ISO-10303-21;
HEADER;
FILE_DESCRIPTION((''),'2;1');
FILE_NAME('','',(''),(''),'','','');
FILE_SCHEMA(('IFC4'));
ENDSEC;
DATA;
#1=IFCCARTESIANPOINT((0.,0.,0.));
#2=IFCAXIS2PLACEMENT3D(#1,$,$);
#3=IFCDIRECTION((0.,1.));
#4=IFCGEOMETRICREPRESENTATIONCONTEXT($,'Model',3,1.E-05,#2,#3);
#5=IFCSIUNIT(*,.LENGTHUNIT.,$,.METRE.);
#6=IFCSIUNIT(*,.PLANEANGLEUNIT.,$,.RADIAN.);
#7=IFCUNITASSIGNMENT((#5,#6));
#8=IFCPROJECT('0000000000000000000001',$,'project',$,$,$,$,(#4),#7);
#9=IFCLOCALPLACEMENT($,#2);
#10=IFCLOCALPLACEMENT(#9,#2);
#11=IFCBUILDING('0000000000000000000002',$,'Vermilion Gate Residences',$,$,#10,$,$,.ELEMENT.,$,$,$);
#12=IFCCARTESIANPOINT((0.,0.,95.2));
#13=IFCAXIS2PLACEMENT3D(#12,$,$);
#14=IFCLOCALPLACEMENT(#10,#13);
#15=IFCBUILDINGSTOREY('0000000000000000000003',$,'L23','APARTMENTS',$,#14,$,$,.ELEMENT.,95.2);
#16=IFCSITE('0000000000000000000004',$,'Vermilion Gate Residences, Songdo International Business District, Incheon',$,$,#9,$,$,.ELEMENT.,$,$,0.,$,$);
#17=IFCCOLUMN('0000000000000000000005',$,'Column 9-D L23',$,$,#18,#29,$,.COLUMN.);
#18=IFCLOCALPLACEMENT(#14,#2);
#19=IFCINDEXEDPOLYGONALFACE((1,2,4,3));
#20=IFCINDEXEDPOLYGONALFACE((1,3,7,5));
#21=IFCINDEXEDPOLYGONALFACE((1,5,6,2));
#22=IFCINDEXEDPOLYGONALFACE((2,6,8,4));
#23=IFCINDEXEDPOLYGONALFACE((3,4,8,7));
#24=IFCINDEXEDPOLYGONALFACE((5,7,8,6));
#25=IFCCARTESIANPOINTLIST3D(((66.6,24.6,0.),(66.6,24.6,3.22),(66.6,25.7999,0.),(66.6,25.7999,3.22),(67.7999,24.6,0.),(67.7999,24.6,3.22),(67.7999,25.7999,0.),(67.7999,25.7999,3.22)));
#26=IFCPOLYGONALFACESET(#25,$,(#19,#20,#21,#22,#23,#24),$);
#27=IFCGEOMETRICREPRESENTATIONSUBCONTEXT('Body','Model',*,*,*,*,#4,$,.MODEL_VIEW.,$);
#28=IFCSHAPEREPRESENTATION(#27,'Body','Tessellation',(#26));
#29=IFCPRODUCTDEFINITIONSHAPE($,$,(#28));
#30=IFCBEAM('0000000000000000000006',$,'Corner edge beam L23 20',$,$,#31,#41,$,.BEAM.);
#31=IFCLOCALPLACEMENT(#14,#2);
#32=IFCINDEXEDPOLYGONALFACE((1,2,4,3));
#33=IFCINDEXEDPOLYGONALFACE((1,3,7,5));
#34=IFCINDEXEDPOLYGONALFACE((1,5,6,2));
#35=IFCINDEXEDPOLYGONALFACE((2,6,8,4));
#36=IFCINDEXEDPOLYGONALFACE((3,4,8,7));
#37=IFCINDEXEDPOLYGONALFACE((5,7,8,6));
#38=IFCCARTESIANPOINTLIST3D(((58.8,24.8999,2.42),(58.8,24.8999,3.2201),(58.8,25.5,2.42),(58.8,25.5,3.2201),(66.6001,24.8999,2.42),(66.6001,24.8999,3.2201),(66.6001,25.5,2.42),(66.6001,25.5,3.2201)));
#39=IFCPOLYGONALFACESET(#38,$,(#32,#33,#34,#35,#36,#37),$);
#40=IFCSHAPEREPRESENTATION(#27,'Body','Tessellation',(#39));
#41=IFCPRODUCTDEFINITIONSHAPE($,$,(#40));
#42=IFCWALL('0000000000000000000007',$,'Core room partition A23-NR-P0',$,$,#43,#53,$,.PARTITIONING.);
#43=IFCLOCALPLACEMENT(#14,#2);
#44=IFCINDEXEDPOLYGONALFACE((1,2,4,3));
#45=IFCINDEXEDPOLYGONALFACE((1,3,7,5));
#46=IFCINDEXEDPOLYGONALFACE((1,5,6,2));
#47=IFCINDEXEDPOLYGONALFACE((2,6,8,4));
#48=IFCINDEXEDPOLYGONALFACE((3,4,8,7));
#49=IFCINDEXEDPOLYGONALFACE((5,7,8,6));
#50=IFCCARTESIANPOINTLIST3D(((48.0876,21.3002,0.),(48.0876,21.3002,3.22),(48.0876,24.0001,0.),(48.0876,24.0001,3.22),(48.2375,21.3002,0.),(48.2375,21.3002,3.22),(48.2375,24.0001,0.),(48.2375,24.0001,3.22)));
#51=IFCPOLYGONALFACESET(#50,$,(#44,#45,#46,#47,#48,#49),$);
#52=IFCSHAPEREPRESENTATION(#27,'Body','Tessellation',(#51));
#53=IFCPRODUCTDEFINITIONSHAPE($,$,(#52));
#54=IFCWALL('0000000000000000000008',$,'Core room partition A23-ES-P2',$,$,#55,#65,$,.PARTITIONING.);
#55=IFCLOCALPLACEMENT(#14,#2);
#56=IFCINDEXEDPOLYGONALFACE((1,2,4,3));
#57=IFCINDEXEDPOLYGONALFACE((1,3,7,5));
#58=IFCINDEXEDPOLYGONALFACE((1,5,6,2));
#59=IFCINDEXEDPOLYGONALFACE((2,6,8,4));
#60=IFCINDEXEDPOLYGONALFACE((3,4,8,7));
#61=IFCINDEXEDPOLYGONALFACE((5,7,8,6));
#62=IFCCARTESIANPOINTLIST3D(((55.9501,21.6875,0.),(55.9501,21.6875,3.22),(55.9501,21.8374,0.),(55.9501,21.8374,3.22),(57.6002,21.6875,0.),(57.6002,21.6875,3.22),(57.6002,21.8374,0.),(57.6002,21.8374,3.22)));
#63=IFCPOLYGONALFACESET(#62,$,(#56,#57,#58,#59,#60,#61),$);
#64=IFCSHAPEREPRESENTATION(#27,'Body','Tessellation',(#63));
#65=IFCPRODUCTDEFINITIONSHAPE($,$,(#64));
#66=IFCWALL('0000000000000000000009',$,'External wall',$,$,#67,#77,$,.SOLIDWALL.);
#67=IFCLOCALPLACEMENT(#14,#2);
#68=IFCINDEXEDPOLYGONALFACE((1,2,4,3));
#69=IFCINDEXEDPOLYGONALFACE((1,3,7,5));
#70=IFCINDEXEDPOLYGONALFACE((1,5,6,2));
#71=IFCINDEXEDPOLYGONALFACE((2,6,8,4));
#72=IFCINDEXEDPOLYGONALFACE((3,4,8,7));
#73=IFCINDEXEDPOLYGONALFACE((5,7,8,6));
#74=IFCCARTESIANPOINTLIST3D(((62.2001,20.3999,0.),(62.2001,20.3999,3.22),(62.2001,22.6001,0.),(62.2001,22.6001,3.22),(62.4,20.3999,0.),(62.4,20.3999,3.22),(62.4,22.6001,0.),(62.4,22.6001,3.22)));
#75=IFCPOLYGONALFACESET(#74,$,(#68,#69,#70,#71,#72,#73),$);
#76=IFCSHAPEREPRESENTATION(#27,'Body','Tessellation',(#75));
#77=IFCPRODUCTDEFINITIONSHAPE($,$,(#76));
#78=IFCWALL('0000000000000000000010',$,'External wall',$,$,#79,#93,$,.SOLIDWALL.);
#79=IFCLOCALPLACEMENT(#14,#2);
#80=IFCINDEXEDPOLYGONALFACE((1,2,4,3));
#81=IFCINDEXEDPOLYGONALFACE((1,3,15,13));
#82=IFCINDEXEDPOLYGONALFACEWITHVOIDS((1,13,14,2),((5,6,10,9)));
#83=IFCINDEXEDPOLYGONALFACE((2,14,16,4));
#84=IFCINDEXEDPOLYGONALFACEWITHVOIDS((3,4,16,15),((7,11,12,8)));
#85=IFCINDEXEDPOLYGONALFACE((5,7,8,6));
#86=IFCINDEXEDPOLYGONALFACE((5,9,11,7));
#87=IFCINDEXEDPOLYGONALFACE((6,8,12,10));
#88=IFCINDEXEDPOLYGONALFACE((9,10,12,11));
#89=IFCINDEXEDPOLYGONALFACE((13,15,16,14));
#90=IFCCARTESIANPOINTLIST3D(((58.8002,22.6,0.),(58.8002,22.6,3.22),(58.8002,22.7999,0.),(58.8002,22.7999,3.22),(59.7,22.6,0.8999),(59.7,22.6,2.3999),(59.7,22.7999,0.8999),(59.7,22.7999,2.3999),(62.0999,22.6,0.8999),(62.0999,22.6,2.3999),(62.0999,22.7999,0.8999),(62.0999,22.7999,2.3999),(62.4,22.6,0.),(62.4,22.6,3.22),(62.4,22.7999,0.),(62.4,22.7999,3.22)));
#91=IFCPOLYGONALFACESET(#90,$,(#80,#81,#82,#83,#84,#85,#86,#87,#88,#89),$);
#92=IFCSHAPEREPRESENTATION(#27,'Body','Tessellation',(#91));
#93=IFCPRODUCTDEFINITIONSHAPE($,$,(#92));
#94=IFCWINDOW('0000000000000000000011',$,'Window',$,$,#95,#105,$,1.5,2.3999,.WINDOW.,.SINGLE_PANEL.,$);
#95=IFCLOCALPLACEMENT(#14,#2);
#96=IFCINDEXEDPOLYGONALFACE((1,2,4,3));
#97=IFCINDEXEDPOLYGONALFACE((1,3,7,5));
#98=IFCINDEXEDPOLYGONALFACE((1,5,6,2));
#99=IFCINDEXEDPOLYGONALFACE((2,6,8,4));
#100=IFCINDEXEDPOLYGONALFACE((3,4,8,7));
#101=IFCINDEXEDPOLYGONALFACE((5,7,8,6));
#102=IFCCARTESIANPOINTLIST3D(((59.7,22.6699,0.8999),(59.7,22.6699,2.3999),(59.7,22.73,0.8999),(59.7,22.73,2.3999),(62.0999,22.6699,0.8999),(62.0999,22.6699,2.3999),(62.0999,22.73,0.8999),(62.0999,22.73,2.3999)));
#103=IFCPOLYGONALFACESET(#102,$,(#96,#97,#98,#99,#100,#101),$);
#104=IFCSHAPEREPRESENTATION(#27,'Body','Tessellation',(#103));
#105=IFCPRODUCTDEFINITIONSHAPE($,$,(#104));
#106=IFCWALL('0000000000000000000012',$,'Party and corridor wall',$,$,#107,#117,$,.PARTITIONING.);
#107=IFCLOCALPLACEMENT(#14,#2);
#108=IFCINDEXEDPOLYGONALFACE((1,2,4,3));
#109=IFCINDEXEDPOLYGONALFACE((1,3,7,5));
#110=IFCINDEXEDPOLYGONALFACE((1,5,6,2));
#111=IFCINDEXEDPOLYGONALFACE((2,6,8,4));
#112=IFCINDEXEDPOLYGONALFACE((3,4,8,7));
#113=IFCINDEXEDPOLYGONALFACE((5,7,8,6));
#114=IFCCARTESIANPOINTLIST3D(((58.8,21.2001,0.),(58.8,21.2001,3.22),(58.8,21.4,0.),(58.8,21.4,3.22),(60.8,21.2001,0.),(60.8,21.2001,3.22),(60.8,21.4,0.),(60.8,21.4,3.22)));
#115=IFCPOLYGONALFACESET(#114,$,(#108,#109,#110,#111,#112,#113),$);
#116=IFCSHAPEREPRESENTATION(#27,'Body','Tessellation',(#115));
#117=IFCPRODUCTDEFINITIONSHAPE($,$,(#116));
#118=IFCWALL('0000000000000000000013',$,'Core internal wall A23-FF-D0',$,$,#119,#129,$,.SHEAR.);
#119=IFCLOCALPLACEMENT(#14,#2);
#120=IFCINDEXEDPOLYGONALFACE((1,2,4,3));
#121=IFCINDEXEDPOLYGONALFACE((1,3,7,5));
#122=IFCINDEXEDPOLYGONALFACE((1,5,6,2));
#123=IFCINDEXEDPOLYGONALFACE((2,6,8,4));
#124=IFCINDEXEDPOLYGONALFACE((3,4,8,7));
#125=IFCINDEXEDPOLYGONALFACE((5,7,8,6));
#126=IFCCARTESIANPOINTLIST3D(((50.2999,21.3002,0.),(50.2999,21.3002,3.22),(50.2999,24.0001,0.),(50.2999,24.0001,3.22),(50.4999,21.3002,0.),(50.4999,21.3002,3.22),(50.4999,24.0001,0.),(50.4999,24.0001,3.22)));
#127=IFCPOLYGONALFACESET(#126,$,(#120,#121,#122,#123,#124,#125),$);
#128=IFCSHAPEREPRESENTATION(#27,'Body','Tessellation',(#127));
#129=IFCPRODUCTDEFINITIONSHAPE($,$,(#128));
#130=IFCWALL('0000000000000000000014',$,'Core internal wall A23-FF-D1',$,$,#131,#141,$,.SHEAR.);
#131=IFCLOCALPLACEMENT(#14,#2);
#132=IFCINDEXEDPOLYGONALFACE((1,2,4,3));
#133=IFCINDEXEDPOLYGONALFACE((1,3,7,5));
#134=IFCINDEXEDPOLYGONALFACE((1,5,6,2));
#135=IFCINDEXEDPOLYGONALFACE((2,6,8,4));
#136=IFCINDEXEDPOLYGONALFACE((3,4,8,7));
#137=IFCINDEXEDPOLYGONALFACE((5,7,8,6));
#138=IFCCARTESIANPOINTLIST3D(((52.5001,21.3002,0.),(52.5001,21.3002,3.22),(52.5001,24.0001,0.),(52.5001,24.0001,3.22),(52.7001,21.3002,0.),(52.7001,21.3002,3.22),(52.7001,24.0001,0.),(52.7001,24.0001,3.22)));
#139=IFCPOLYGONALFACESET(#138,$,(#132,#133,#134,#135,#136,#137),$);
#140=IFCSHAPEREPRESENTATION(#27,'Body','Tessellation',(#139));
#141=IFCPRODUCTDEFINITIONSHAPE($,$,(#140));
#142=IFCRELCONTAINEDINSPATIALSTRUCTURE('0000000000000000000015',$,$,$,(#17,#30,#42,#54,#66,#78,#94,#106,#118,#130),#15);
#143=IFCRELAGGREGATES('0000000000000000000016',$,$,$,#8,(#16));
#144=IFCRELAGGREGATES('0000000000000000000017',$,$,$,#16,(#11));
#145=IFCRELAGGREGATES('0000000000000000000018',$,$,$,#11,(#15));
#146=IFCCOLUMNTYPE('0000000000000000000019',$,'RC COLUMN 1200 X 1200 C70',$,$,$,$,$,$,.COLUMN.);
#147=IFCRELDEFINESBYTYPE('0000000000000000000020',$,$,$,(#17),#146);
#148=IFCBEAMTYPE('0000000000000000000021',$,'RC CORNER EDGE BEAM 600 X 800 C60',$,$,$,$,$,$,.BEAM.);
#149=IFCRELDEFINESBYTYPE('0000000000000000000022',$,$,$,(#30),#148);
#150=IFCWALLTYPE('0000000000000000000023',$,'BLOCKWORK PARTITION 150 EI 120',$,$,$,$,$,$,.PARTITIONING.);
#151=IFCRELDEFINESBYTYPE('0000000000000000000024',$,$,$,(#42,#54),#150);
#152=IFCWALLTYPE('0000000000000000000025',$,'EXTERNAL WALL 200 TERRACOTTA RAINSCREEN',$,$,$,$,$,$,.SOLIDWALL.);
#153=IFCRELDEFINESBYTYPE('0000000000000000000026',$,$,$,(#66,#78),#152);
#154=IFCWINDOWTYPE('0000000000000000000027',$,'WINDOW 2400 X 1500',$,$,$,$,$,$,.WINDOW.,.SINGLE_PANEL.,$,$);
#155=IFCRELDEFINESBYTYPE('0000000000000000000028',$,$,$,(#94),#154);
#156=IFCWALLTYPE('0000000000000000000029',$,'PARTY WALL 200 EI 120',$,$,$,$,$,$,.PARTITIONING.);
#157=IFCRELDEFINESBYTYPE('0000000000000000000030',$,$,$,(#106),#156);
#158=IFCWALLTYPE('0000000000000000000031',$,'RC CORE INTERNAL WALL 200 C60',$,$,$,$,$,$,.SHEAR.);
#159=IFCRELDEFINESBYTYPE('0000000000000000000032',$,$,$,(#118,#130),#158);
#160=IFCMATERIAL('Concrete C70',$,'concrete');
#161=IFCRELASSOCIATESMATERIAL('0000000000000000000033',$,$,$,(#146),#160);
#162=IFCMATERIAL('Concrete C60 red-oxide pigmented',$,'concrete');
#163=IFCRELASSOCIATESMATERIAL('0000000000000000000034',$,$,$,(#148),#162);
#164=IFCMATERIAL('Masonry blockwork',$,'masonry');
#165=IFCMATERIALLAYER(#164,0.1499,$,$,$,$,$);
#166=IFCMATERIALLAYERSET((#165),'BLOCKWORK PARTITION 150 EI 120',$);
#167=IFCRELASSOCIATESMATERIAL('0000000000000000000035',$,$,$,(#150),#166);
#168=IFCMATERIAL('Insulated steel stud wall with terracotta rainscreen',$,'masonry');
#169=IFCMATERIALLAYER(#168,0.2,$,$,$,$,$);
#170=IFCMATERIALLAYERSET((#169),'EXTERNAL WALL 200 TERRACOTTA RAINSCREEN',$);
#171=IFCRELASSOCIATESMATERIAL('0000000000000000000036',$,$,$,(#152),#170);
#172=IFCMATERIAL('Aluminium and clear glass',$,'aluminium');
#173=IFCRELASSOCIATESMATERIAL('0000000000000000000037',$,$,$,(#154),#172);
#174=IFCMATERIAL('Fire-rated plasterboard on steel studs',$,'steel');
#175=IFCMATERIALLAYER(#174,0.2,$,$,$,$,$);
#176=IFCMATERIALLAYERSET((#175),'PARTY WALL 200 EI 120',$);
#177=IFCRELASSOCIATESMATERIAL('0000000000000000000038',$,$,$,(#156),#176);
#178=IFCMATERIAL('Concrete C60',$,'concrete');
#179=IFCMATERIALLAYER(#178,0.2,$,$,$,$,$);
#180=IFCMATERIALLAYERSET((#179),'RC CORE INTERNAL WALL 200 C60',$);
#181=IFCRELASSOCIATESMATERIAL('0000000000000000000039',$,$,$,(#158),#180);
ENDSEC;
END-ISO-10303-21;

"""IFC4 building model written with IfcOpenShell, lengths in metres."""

from ifc_helpers import new_model, si_unit, direction, frame, frame_2d, origin, origin_2d, place, context, subcontext, project, spatial, rectangle, extrude, material, layer, layer_set, material_profile, profile_set, type_object, element, fill, save


model = new_model("IFC4")

# Units and contexts
model_context = context("Model", 3, precision=1e-05, world=origin(), true_north=direction((0.0, 1.0)))
body_context = subcontext(model_context, "Body", "Model", "MODEL_VIEW")
ifc_project = project(units=[si_unit("LENGTHUNIT", "METRE"), si_unit("PLANEANGLEUNIT", "RADIAN")], contexts=[model_context])

# Site, building, storey
site_placement = place(None, origin())
site = spatial("IfcSite", under=ifc_project, at=site_placement, Name="Vermilion Gate Residences, Songdo International Business District, Incheon", CompositionType="ELEMENT", RefElevation=0.0)
building_placement = place(site_placement, origin())
building = spatial("IfcBuilding", under=site, at=building_placement, Name="Vermilion Gate Residences", CompositionType="ELEMENT")
storey_placement = place(building_placement, frame((0.0, 0.0, 95.2)))
storey = spatial("IfcBuildingStorey", under=building, at=storey_placement, Name="L23", Description="APARTMENTS", CompositionType="ELEMENT", Elevation=95.2)

# Column
ifc_material_1 = material(Name="Concrete C70", Category="concrete")
ifc_material_profile_1 = material_profile(ifc_material_1, rectangle(XDim=1.2, YDim=1.2, at=origin_2d()), Name="RC-1200x1200")
ifc_profile_set_1 = profile_set([ifc_material_profile_1], Name="Concrete C70")
column_type = type_object("IfcColumnType", Name="RC COLUMN 1200 X 1200 C70", PredefinedType="COLUMN", material=ifc_profile_set_1)
column_placement = place(storey_placement, frame((67.2, 25.2, 0.0), z_axis=(0.0, 0.0, 1.0), x_axis=(1.0, 0.0, 0.0)))
element("IfcColumn", 1, at=column_placement, inside=storey, type_object=column_type, Name="Column 9-D L23", PredefinedType="COLUMN", context=body_context, shape_type="SweptSolid", body=[
    extrude(rectangle(XDim=1.2, YDim=1.2, at=origin_2d()), origin(), (0.0, 0.0, 1.0), 3.22),
])

# Beam
ifc_material_2 = material(Name="Concrete C60 red-oxide pigmented", Category="concrete")
ifc_material_profile_2 = material_profile(ifc_material_2, rectangle(XDim=0.6001, YDim=0.8, at=origin_2d()), Name="RC-600x800")
ifc_profile_set_2 = profile_set([ifc_material_profile_2], Name="Concrete C60 red-oxide pigmented")
beam_type = type_object("IfcBeamType", Name="RC CORNER EDGE BEAM 600 X 800 C60", PredefinedType="BEAM", material=ifc_profile_set_2)
beam_placement = place(storey_placement, frame((58.8, 25.2, 2.8201), z_axis=(1.0, 0.0, 0.0), x_axis=(0.0, 1.0, 0.0)))
element("IfcBeam", 2, at=beam_placement, inside=storey, type_object=beam_type, Name="Corner edge beam L23 20", PredefinedType="BEAM", context=body_context, shape_type="SweptSolid", body=[
    extrude(rectangle(XDim=0.6001, YDim=0.8, at=origin_2d()), origin(), (0.0, 0.0, 1.0), 7.8),
])

# Walls
ifc_material_3 = material(Name="Masonry blockwork", Category="masonry")
ifc_layer_1 = layer(ifc_material_3, 0.1499)
ifc_layer_set_1 = layer_set([ifc_layer_1], Name="BLOCKWORK PARTITION 150 EI 120")
wall_type_1 = type_object("IfcWallType", Name="BLOCKWORK PARTITION 150 EI 120", PredefinedType="PARTITIONING", material=ifc_layer_set_1)
wall_1_placement = place(storey_placement, frame((48.1626, 21.3, 0.0), z_axis=(0.0, 0.0, 1.0), x_axis=(0.0, 1.0, 0.0)))
element("IfcWall", 3, at=wall_1_placement, inside=storey, type_object=wall_type_1, Name="Core room partition A23-NR-P0", PredefinedType="PARTITIONING", context=body_context, shape_type="SweptSolid", body=[
    extrude(rectangle(XDim=2.7, YDim=0.1499, at=frame_2d((1.3501, 0.0))), origin(), (0.0, 0.0, 1.0), 3.22),
])
wall_2_placement = place(storey_placement, frame((55.95, 21.7625, 0.0), z_axis=(0.0, 0.0, 1.0), x_axis=(1.0, 0.0, 0.0)))
element("IfcWall", 4, at=wall_2_placement, inside=storey, type_object=wall_type_1, Name="Core room partition A23-ES-P2", PredefinedType="PARTITIONING", context=body_context, shape_type="SweptSolid", body=[
    extrude(rectangle(XDim=1.6501, YDim=0.1499, at=frame_2d((0.8252, 0.0))), origin(), (0.0, 0.0, 1.0), 3.22),
])
ifc_material_4 = material(Name="Insulated steel stud wall with terracotta rainscreen", Category="masonry")
ifc_layer_2 = layer(ifc_material_4, 0.2)
ifc_layer_set_2 = layer_set([ifc_layer_2], Name="EXTERNAL WALL 200 TERRACOTTA RAINSCREEN")
wall_type_2 = type_object("IfcWallType", Name="EXTERNAL WALL 200 TERRACOTTA RAINSCREEN", PredefinedType="SOLIDWALL", material=ifc_layer_set_2)
wall_3_placement = place(storey_placement, frame((62.3, 20.3999, 0.0), z_axis=(0.0, 0.0, 1.0), x_axis=(0.0, 1.0, 0.0)))
element("IfcWall", 5, at=wall_3_placement, inside=storey, type_object=wall_type_2, Name="External wall", PredefinedType="SOLIDWALL", context=body_context, shape_type="SweptSolid", body=[
    extrude(rectangle(XDim=2.2002, YDim=0.2, at=frame_2d((1.1001, 0.0))), origin(), (0.0, 0.0, 1.0), 3.22),
])

# Wall, opening, window
wall_4_placement = place(storey_placement, frame((62.3999, 22.7, 0.0), z_axis=(0.0, 0.0, 1.0), x_axis=(-1.0, 0.0, 0.0)))
wall_4 = element("IfcWall", 6, at=wall_4_placement, inside=storey, type_object=wall_type_2, Name="External wall", PredefinedType="SOLIDWALL", context=body_context, shape_type="SweptSolid", body=[
    extrude(rectangle(XDim=3.5999, YDim=0.2, at=frame_2d((1.7998, 0.0))), origin(), (0.0, 0.0, 1.0), 3.22),
])
opening_1_placement = place(wall_4_placement, frame((0.3, 0.0, 0.8999)))
opening_1 = element("IfcOpeningElement", 7, at=opening_1_placement, cuts=wall_4, PredefinedType="OPENING", context=body_context, shape_type="SweptSolid", body=[
    extrude(rectangle(XDim=2.3999, YDim=1.5, at=frame_2d((1.2, 0.75))), frame((0.0, 0.1099, 0.0), z_axis=(0.0, -1.0, 0.0), x_axis=(1.0, 0.0, 0.0)), (0.0, 0.0, 1.0), 0.22),
])
ifc_material_5 = material(Name="Aluminium and clear glass", Category="aluminium")
window_type_1 = type_object("IfcWindowType", Name="WINDOW 2400 X 1500", PartitioningType="SINGLE_PANEL", PredefinedType="WINDOW", material=ifc_material_5)
window_1_placement = place(opening_1_placement, origin())
window_1 = element("IfcWindow", 8, at=window_1_placement, inside=storey, type_object=window_type_1, Name="Window", OverallHeight=1.5, OverallWidth=2.3999, PartitioningType="SINGLE_PANEL", PredefinedType="WINDOW", context=body_context, shape_type="SweptSolid", body=[
    extrude(rectangle(XDim=2.3999, YDim=1.5, at=frame_2d((1.2, 0.75))), frame((0.0, 0.03, 0.0), z_axis=(0.0, -1.0, 0.0), x_axis=(1.0, 0.0, 0.0)), (0.0, 0.0, 1.0), 0.0601),
])
fill(opening_1, window_1)

# Walls
ifc_material_6 = material(Name="Fire-rated plasterboard on steel studs", Category="steel")
ifc_layer_3 = layer(ifc_material_6, 0.2)
ifc_layer_set_3 = layer_set([ifc_layer_3], Name="PARTY WALL 200 EI 120")
wall_type_3 = type_object("IfcWallType", Name="PARTY WALL 200 EI 120", PredefinedType="PARTITIONING", material=ifc_layer_set_3)
wall_5_placement = place(storey_placement, frame((58.8, 21.3, 0.0), z_axis=(0.0, 0.0, 1.0), x_axis=(1.0, 0.0, 0.0)))
element("IfcWall", 9, at=wall_5_placement, inside=storey, type_object=wall_type_3, Name="Party and corridor wall", PredefinedType="PARTITIONING", context=body_context, shape_type="SweptSolid", body=[
    extrude(rectangle(XDim=2.0, YDim=0.2, at=frame_2d((1.0, 0.0))), origin(), (0.0, 0.0, 1.0), 3.22),
])
ifc_material_7 = material(Name="Concrete C60", Category="concrete")
ifc_layer_4 = layer(ifc_material_7, 0.2)
ifc_layer_set_4 = layer_set([ifc_layer_4], Name="RC CORE INTERNAL WALL 200 C60")
wall_type_4 = type_object("IfcWallType", Name="RC CORE INTERNAL WALL 200 C60", PredefinedType="SHEAR", material=ifc_layer_set_4)
for number, where, z_axis, x_axis, name in (
    (10, (50.3999, 21.3, 0.0), (0.0, 0.0, 1.0), (0.0, 1.0, 0.0), "Core internal wall A23-FF-D0"),
    (11, (52.6001, 21.3, 0.0), (0.0, 0.0, 1.0), (0.0, 1.0, 0.0), "Core internal wall A23-FF-D1"),
):
    element("IfcWall", number, at=place(storey_placement, frame(where, z_axis=z_axis, x_axis=x_axis)), inside=storey, type_object=wall_type_4, Name=name, PredefinedType="SHEAR", context=body_context, shape_type="SweptSolid", body=[
        extrude(rectangle(XDim=2.7, YDim=0.2, at=frame_2d((1.3501, 0.0))), origin(), (0.0, 0.0, 1.0), 3.22),
    ])

save(model, "model.ifc")
